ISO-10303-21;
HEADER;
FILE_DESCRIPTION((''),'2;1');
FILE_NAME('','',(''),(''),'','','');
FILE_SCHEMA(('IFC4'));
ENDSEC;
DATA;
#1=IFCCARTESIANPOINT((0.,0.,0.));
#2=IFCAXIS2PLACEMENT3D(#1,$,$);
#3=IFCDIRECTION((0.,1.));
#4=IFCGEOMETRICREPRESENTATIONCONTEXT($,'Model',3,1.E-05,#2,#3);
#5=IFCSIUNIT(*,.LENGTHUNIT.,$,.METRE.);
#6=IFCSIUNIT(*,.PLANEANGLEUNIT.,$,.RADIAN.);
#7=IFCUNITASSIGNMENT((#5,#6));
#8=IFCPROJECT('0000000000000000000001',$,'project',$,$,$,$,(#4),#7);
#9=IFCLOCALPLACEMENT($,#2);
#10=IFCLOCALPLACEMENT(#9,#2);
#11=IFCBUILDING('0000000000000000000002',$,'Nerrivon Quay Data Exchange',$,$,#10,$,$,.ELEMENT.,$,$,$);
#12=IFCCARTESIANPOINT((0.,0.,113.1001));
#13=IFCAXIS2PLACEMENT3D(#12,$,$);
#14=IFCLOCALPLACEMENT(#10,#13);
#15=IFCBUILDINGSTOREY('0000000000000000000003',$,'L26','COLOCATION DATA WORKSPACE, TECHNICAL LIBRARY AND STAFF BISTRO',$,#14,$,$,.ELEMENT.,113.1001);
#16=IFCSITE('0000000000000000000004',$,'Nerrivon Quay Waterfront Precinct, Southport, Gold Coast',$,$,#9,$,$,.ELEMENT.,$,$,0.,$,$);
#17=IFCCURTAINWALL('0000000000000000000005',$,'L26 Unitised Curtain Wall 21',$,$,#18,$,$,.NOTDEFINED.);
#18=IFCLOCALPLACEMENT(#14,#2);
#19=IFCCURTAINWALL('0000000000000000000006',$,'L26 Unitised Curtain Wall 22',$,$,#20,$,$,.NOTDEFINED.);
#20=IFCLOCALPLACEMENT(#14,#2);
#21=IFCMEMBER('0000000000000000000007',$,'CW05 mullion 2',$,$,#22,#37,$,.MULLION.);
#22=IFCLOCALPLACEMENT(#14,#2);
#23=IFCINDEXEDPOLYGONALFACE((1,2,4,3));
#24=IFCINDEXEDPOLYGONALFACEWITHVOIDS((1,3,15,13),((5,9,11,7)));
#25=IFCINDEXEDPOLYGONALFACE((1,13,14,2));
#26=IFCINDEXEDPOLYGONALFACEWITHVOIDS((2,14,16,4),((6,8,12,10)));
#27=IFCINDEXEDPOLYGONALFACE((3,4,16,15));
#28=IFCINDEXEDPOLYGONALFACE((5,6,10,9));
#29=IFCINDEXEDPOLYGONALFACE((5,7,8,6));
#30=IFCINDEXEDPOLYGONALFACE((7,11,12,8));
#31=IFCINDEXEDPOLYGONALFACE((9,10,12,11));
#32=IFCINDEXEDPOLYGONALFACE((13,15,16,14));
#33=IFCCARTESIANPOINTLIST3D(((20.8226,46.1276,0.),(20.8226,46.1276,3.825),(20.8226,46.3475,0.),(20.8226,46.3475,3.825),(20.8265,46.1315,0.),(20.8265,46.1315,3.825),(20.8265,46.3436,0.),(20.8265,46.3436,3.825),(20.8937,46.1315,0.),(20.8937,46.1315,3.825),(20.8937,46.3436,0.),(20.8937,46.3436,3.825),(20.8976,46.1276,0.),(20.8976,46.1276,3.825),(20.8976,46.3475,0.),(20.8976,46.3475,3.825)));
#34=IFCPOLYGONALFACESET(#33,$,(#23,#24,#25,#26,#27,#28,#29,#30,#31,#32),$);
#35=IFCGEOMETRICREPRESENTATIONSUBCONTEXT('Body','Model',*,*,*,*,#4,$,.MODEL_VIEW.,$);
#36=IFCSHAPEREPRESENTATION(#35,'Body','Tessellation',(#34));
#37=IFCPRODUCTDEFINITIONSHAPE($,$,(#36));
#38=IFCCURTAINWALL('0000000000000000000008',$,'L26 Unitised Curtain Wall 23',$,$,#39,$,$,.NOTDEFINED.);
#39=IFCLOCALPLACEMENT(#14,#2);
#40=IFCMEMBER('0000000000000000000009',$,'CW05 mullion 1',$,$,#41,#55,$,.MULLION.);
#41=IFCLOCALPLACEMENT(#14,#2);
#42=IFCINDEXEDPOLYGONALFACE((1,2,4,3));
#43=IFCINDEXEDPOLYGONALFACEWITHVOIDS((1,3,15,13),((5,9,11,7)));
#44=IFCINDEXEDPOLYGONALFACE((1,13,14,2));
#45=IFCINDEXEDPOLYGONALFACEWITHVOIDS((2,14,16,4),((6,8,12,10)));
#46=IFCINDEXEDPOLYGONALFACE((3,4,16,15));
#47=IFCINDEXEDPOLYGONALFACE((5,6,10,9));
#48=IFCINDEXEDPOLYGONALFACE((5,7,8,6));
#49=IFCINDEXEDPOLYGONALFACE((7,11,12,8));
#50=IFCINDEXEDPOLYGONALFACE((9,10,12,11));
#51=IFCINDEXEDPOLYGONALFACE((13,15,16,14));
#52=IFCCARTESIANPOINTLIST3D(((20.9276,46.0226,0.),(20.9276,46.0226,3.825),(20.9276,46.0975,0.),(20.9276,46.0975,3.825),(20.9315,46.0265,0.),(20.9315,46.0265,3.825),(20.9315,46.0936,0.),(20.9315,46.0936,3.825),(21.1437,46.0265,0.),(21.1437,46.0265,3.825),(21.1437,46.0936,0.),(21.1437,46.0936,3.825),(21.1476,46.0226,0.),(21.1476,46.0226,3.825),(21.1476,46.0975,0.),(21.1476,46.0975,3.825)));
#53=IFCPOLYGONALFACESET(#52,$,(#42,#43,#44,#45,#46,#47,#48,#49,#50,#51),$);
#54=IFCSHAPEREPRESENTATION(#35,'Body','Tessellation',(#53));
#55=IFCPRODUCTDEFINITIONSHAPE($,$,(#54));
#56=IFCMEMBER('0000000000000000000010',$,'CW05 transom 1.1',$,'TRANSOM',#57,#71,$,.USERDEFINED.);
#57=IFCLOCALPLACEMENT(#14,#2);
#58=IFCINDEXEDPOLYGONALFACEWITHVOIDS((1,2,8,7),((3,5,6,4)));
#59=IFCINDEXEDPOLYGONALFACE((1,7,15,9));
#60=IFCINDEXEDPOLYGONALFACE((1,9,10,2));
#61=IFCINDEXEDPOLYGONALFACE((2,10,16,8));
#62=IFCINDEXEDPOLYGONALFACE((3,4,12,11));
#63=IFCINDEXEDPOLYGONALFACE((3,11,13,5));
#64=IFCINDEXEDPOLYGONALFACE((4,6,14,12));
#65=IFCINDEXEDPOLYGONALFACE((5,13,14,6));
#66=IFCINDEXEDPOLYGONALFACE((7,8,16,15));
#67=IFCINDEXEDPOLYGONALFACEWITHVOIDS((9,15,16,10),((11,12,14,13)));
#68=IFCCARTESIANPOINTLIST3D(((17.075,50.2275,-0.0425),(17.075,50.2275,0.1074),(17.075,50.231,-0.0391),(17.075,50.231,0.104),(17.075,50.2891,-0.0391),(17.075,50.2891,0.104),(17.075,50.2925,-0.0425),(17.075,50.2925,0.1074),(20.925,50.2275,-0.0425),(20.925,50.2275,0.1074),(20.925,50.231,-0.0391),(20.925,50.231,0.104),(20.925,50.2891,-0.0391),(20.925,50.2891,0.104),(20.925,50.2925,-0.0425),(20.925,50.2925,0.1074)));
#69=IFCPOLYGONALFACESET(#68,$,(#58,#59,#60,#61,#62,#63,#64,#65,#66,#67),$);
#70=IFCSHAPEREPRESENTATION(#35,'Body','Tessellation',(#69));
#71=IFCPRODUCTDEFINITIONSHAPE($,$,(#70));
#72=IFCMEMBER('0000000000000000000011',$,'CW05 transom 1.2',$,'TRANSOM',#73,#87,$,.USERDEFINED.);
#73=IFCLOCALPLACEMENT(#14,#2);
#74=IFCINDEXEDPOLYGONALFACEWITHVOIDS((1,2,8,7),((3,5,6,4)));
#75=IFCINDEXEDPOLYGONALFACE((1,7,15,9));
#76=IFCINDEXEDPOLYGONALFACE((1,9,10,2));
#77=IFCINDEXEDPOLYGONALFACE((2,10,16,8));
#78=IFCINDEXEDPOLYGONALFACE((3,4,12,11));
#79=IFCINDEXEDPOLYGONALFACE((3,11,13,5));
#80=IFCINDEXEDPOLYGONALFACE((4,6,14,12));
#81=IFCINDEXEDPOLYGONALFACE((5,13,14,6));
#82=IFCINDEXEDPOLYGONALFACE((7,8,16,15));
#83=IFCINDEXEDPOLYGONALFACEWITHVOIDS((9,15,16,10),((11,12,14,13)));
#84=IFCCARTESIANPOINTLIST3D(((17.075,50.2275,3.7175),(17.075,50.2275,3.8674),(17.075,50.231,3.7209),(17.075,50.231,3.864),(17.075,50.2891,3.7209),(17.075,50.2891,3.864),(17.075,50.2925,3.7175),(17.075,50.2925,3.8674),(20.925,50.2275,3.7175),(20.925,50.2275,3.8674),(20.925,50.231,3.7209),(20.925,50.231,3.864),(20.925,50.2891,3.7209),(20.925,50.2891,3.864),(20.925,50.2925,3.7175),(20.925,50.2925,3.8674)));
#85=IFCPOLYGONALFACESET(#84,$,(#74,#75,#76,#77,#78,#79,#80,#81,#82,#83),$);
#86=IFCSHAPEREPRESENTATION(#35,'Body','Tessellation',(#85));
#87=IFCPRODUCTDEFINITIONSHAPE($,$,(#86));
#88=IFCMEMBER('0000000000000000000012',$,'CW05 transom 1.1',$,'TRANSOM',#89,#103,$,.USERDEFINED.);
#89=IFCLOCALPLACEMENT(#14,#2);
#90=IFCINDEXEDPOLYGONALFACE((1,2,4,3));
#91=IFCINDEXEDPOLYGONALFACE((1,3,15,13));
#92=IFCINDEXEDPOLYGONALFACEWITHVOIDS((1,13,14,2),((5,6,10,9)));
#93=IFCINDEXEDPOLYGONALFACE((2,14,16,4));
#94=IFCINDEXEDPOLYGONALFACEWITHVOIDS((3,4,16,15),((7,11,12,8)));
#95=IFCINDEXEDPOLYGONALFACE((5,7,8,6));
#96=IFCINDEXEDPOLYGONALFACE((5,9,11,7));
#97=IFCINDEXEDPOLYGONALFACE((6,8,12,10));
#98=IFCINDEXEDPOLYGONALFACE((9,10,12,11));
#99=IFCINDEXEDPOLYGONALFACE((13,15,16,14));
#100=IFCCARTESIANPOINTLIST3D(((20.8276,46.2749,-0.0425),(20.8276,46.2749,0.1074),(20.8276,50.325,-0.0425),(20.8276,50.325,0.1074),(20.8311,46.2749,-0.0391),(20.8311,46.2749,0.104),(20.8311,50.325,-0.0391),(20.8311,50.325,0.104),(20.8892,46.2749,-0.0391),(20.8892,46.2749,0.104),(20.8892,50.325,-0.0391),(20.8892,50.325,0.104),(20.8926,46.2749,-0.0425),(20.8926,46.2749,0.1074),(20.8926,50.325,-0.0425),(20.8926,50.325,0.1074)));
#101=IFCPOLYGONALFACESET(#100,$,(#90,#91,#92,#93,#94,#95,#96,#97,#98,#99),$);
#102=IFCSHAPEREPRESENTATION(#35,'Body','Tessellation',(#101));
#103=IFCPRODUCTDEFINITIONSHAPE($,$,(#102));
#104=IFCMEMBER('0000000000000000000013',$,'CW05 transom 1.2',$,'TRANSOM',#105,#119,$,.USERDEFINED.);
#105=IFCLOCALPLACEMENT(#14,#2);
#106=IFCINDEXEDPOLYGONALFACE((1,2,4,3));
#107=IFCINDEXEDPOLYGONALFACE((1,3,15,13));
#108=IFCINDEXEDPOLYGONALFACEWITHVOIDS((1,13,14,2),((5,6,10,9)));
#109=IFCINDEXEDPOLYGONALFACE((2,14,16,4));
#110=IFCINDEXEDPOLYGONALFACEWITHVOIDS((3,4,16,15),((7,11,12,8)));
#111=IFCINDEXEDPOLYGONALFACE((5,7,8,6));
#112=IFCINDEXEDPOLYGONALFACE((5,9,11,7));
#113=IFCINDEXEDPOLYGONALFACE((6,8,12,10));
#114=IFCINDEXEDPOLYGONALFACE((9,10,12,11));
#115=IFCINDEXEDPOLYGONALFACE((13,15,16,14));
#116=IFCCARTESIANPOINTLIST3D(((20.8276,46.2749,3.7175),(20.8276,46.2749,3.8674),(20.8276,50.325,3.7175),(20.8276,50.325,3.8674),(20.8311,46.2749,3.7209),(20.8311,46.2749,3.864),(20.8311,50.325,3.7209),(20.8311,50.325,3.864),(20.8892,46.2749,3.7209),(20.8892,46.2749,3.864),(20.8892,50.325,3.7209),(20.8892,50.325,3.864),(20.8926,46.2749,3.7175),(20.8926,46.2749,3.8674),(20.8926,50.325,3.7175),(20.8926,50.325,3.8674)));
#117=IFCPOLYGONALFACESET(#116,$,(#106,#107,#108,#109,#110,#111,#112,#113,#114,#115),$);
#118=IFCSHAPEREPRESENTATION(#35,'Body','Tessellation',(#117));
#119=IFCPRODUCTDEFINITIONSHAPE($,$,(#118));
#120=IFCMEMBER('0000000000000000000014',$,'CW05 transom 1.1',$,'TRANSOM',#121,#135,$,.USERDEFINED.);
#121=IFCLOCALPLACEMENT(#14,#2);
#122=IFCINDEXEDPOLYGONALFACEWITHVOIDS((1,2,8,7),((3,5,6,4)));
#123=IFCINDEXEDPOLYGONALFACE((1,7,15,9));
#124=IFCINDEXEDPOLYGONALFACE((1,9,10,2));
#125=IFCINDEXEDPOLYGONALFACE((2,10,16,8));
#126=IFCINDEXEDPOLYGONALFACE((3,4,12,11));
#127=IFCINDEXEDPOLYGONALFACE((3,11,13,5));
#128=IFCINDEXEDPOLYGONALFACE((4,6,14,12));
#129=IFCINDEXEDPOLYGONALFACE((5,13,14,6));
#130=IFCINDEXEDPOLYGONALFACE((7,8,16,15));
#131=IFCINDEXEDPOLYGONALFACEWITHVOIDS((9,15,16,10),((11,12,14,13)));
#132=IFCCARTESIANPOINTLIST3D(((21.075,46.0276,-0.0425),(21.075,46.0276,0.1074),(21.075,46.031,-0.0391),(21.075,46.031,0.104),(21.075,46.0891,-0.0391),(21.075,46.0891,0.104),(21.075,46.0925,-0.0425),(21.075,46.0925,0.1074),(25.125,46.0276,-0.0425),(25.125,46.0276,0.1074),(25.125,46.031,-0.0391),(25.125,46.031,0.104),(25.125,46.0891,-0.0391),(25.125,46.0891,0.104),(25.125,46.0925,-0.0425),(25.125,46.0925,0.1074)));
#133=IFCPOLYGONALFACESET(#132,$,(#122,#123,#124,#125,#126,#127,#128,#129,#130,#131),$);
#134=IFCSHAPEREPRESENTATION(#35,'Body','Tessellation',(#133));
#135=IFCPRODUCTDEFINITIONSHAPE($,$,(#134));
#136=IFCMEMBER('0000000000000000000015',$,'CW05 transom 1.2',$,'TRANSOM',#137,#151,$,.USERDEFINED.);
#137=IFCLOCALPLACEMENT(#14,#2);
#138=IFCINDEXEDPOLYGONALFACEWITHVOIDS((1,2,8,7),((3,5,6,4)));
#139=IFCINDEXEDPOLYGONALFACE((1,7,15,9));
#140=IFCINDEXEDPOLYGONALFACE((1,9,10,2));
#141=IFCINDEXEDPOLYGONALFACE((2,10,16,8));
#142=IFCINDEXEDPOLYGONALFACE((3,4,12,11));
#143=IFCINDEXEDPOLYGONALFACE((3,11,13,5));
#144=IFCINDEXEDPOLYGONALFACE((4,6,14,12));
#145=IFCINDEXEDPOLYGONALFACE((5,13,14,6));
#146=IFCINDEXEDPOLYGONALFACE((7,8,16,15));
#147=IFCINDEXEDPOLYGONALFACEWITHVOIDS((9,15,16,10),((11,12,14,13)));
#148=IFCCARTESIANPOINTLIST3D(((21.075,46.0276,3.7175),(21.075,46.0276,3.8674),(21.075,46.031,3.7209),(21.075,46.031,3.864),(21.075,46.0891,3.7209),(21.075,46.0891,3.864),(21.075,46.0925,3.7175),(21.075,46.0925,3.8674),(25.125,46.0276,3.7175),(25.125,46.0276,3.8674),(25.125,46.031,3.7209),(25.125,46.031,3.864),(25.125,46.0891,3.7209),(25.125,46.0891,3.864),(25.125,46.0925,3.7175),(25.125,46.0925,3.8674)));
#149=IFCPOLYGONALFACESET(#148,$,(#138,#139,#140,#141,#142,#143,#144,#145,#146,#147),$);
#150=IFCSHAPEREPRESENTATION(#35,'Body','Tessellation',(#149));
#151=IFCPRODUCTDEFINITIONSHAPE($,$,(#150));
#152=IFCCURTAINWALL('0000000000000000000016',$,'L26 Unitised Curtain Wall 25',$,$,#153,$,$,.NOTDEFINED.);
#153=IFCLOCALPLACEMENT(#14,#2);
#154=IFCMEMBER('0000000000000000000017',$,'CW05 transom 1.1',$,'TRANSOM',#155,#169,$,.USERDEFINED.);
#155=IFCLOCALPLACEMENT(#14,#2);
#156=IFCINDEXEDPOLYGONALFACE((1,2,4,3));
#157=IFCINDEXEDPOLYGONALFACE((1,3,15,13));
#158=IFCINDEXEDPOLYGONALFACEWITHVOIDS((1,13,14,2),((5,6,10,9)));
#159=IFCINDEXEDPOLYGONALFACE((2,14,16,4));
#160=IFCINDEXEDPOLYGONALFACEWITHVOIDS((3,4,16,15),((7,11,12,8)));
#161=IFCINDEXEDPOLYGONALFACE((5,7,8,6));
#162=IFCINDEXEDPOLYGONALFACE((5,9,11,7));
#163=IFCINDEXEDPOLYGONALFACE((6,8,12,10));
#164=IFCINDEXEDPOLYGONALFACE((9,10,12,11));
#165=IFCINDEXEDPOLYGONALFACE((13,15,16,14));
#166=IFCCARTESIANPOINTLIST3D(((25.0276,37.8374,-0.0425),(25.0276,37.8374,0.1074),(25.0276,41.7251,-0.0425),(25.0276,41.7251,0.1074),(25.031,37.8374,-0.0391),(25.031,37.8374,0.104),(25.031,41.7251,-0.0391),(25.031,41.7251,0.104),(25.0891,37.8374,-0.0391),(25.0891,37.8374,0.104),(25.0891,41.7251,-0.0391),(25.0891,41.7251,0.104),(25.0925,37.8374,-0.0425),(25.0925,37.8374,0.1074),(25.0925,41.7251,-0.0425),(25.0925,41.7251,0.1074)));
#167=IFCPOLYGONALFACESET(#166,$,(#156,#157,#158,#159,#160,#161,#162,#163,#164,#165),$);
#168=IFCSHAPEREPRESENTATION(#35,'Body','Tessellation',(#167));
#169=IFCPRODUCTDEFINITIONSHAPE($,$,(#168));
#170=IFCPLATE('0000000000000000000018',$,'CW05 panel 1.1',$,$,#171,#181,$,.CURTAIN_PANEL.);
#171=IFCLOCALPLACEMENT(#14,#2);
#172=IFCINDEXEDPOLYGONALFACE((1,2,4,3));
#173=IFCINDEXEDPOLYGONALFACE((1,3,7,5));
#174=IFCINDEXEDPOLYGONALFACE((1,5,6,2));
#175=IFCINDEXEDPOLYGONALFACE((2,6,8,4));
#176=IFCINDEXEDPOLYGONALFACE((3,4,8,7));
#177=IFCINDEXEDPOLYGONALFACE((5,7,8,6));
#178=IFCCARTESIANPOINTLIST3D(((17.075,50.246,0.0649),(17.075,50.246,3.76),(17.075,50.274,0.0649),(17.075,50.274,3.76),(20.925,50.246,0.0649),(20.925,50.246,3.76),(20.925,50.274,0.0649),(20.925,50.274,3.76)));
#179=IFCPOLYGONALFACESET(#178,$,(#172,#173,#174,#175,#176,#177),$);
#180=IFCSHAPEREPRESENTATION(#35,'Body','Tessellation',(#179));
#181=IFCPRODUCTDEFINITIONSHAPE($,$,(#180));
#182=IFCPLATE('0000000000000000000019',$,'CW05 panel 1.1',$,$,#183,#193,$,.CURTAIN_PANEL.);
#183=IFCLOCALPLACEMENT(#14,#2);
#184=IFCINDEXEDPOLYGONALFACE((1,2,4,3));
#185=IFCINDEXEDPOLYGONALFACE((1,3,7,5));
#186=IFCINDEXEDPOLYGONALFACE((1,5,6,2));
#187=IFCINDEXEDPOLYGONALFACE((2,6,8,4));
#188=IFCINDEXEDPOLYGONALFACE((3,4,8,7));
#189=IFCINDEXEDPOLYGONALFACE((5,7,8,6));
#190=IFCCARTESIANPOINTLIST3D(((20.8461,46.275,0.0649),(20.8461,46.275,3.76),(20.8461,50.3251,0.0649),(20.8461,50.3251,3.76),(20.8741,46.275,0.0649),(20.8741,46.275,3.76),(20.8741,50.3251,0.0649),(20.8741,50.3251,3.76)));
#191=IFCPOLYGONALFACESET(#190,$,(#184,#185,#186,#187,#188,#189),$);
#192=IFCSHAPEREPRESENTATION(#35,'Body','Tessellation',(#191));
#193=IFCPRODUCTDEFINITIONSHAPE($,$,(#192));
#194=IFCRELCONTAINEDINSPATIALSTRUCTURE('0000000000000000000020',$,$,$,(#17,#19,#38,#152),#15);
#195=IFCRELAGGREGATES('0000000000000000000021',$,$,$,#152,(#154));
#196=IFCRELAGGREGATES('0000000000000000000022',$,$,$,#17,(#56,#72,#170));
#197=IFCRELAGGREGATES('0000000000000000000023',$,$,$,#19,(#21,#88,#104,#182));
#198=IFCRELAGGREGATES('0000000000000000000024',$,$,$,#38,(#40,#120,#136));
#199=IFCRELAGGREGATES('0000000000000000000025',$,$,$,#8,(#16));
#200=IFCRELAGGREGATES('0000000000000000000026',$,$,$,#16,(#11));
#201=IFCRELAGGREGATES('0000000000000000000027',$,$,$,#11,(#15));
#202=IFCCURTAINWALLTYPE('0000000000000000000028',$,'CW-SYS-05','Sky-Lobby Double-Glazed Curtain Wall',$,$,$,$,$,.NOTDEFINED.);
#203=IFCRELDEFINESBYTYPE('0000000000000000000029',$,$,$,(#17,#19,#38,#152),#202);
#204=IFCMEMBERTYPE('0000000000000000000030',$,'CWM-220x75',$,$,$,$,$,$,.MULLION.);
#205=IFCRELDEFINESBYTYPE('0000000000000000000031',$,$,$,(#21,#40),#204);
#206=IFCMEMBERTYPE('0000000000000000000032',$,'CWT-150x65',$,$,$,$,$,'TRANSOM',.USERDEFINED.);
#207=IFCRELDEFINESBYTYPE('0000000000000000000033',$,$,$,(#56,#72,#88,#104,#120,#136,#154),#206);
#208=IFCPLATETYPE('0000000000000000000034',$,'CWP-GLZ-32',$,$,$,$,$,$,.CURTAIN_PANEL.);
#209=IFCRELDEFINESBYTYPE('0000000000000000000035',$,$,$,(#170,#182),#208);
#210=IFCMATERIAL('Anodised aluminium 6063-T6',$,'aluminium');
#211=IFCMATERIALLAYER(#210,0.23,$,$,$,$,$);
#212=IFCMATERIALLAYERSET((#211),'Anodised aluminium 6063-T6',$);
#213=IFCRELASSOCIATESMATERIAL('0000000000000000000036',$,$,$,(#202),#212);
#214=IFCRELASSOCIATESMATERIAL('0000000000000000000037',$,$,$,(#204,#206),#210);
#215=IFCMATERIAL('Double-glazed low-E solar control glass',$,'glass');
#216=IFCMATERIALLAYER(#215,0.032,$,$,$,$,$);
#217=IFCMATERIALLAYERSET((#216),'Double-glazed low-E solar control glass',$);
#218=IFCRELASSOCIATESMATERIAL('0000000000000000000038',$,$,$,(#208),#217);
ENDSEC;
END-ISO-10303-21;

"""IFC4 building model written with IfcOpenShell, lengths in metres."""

from ifc_helpers import new_model, si_unit, direction, frame, origin, origin_2d, place, context, subcontext, project, spatial, rectangle, hollow_rectangle, extrude, material, layer, layer_set, material_profile, profile_set, type_object, element, aggregate, save


model = new_model("IFC4")

# Units and contexts
model_context = context("Model", 3, precision=1e-05, world=origin(), true_north=direction((0.0, 1.0)))
body_context = subcontext(model_context, "Body", "Model", "MODEL_VIEW")
ifc_project = project(units=[si_unit("LENGTHUNIT", "METRE"), si_unit("PLANEANGLEUNIT", "RADIAN")], contexts=[model_context])

# Site, building, storey
site_placement = place(None, origin())
site = spatial("IfcSite", under=ifc_project, at=site_placement, Name="Nerrivon Quay Waterfront Precinct, Southport, Gold Coast", CompositionType="ELEMENT", RefElevation=0.0)
building_placement = place(site_placement, origin())
building = spatial("IfcBuilding", under=site, at=building_placement, Name="Nerrivon Quay Data Exchange", CompositionType="ELEMENT")
storey_placement = place(building_placement, frame((0.0, 0.0, 113.1001)))
storey = spatial("IfcBuildingStorey", under=building, at=storey_placement, Name="L26", Description="COLOCATION DATA WORKSPACE, TECHNICAL LIBRARY AND STAFF BISTRO", CompositionType="ELEMENT", Elevation=113.1001)

# Curtain walls, member
ifc_material_1 = material(Name="Anodised aluminium 6063-T6", Category="aluminium")
ifc_layer_1 = layer(ifc_material_1, 0.23)
ifc_layer_set_1 = layer_set([ifc_layer_1], Name="Anodised aluminium 6063-T6")
curtain_wall_type = type_object("IfcCurtainWallType", Name="CW-SYS-05", Description="Sky-Lobby Double-Glazed Curtain Wall", PredefinedType="NOTDEFINED", material=ifc_layer_set_1)
curtain_wall_1_placement = place(storey_placement, origin())
curtain_wall_1 = element("IfcCurtainWall", 1, at=curtain_wall_1_placement, inside=storey, type_object=curtain_wall_type, Name="L26 Unitised Curtain Wall 21", PredefinedType="NOTDEFINED")
ifc_material_profile_1 = material_profile(ifc_material_1, hollow_rectangle(XDim=0.075, YDim=0.22, WallThickness=0.0039, at=origin_2d()), Name="ALU-MULL-220x75")
ifc_profile_set_1 = profile_set([ifc_material_profile_1], Name="Anodised aluminium 6063-T6")
member_type_1 = type_object("IfcMemberType", Name="CWM-220x75", PredefinedType="MULLION", material=ifc_profile_set_1)
curtain_wall_2_placement = place(storey_placement, origin())
curtain_wall_2 = element("IfcCurtainWall", 2, at=curtain_wall_2_placement, inside=storey, type_object=curtain_wall_type, Name="L26 Unitised Curtain Wall 22", PredefinedType="NOTDEFINED")
member_1_placement = place(storey_placement, frame((20.8601, 46.2375, 0.0), z_axis=(0.0, 0.0, 1.0), x_axis=(1.0, 0.0, 0.0)))
member_1 = element("IfcMember", 3, at=member_1_placement, type_object=member_type_1, Name="CW05 mullion 2", PredefinedType="MULLION", context=body_context, shape_type="SweptSolid", body=[
    extrude(hollow_rectangle(XDim=0.075, YDim=0.22, WallThickness=0.0039, at=origin_2d()), origin(), (0.0, 0.0, 1.0), 3.825),
])

# Curtain wall, member
curtain_wall_3_placement = place(storey_placement, origin())
curtain_wall_3 = element("IfcCurtainWall", 4, at=curtain_wall_3_placement, inside=storey, type_object=curtain_wall_type, Name="L26 Unitised Curtain Wall 23", PredefinedType="NOTDEFINED")
member_2_placement = place(storey_placement, frame((21.0376, 46.0601, 0.0), z_axis=(0.0, 0.0, 1.0), x_axis=(0.0, 1.0, 0.0)))
member_2 = element("IfcMember", 5, at=member_2_placement, type_object=member_type_1, Name="CW05 mullion 1", PredefinedType="MULLION", context=body_context, shape_type="SweptSolid", body=[
    extrude(hollow_rectangle(XDim=0.075, YDim=0.22, WallThickness=0.0039, at=origin_2d()), origin(), (0.0, 0.0, 1.0), 3.825),
])

# Members
ifc_material_profile_2 = material_profile(ifc_material_1, hollow_rectangle(XDim=0.0649, YDim=0.1499, WallThickness=0.0034, at=origin_2d()), Name="ALU-TRAN-150x65")
ifc_profile_set_2 = profile_set([ifc_material_profile_2], Name="Anodised aluminium 6063-T6")
member_type_2 = type_object("IfcMemberType", Name="CWT-150x65", ElementType="TRANSOM", PredefinedType="USERDEFINED", material=ifc_profile_set_2)
member_3_placement = place(storey_placement, frame((17.075, 50.26, 0.0325), z_axis=(1.0, 0.0, 0.0), x_axis=(0.0, 1.0, 0.0)))
member_3 = element("IfcMember", 6, at=member_3_placement, type_object=member_type_2, Name="CW05 transom 1.1", ObjectType="TRANSOM", PredefinedType="USERDEFINED", context=body_context, shape_type="SweptSolid", body=[
    extrude(hollow_rectangle(XDim=0.0649, YDim=0.1499, WallThickness=0.0034, at=origin_2d()), origin(), (0.0, 0.0, 1.0), 3.8501),
])
member_4_placement = place(storey_placement, frame((17.075, 50.26, 3.7925), z_axis=(1.0, 0.0, 0.0), x_axis=(0.0, 1.0, 0.0)))
member_4 = element("IfcMember", 7, at=member_4_placement, type_object=member_type_2, Name="CW05 transom 1.2", ObjectType="TRANSOM", PredefinedType="USERDEFINED", context=body_context, shape_type="SweptSolid", body=[
    extrude(hollow_rectangle(XDim=0.0649, YDim=0.1499, WallThickness=0.0034, at=origin_2d()), origin(), (0.0, 0.0, 1.0), 3.8501),
])
member_5_placement = place(storey_placement, frame((20.8601, 50.325, 0.0325), z_axis=(0.0, -1.0, 0.0), x_axis=(1.0, 0.0, 0.0)))
member_5 = element("IfcMember", 8, at=member_5_placement, type_object=member_type_2, Name="CW05 transom 1.1", ObjectType="TRANSOM", PredefinedType="USERDEFINED", context=body_context, shape_type="SweptSolid", body=[
    extrude(hollow_rectangle(XDim=0.0649, YDim=0.1499, WallThickness=0.0034, at=origin_2d()), origin(), (0.0, 0.0, 1.0), 4.05),
])
member_6_placement = place(storey_placement, frame((20.8601, 50.325, 3.7925), z_axis=(0.0, -1.0, 0.0), x_axis=(1.0, 0.0, 0.0)))
member_6 = element("IfcMember", 9, at=member_6_placement, type_object=member_type_2, Name="CW05 transom 1.2", ObjectType="TRANSOM", PredefinedType="USERDEFINED", context=body_context, shape_type="SweptSolid", body=[
    extrude(hollow_rectangle(XDim=0.0649, YDim=0.1499, WallThickness=0.0034, at=origin_2d()), origin(), (0.0, 0.0, 1.0), 4.05),
])
member_7_placement = place(storey_placement, frame((21.075, 46.0601, 0.0325), z_axis=(1.0, 0.0, 0.0), x_axis=(0.0, 1.0, 0.0)))
member_7 = element("IfcMember", 10, at=member_7_placement, type_object=member_type_2, Name="CW05 transom 1.1", ObjectType="TRANSOM", PredefinedType="USERDEFINED", context=body_context, shape_type="SweptSolid", body=[
    extrude(hollow_rectangle(XDim=0.0649, YDim=0.1499, WallThickness=0.0034, at=origin_2d()), origin(), (0.0, 0.0, 1.0), 4.05),
])
member_8_placement = place(storey_placement, frame((21.075, 46.0601, 3.7925), z_axis=(1.0, 0.0, 0.0), x_axis=(0.0, 1.0, 0.0)))
member_8 = element("IfcMember", 11, at=member_8_placement, type_object=member_type_2, Name="CW05 transom 1.2", ObjectType="TRANSOM", PredefinedType="USERDEFINED", context=body_context, shape_type="SweptSolid", body=[
    extrude(hollow_rectangle(XDim=0.0649, YDim=0.1499, WallThickness=0.0034, at=origin_2d()), origin(), (0.0, 0.0, 1.0), 4.05),
])

# Curtain wall, member
curtain_wall_4_placement = place(storey_placement, origin())
curtain_wall_4 = element("IfcCurtainWall", 12, at=curtain_wall_4_placement, inside=storey, type_object=curtain_wall_type, Name="L26 Unitised Curtain Wall 25", PredefinedType="NOTDEFINED")
member_9_placement = place(storey_placement, frame((25.0601, 41.7251, 0.0325), z_axis=(0.0, -1.0, 0.0), x_axis=(1.0, 0.0, 0.0)))
member_9 = element("IfcMember", 13, at=member_9_placement, type_object=member_type_2, Name="CW05 transom 1.1", ObjectType="TRANSOM", PredefinedType="USERDEFINED", context=body_context, shape_type="SweptSolid", body=[
    extrude(hollow_rectangle(XDim=0.0649, YDim=0.1499, WallThickness=0.0034, at=origin_2d()), origin(), (0.0, 0.0, 1.0), 3.8877),
])
aggregate(curtain_wall_4, [member_9])

# Plates
ifc_material_2 = material(Name="Double-glazed low-E solar control glass", Category="glass")
ifc_layer_2 = layer(ifc_material_2, 0.032)
ifc_layer_set_2 = layer_set([ifc_layer_2], Name="Double-glazed low-E solar control glass")
plate_type = type_object("IfcPlateType", Name="CWP-GLZ-32", PredefinedType="CURTAIN_PANEL", material=ifc_layer_set_2)
plate_1_placement = place(storey_placement, frame((19.0, 50.26, 0.0649), z_axis=(0.0, 0.0, 1.0), x_axis=(1.0, 0.0, 0.0)))
plate_1 = element("IfcPlate", 14, at=plate_1_placement, type_object=plate_type, Name="CW05 panel 1.1", PredefinedType="CURTAIN_PANEL", context=body_context, shape_type="SweptSolid", body=[
    extrude(rectangle(XDim=3.8501, YDim=0.0281, at=origin_2d()), origin(), (0.0, 0.0, 1.0), 3.6951),
])
aggregate(curtain_wall_1, [member_3, member_4, plate_1])
plate_2_placement = place(storey_placement, frame((20.8601, 48.3, 0.0649), z_axis=(0.0, 0.0, 1.0), x_axis=(0.0, -1.0, 0.0)))
plate_2 = element("IfcPlate", 15, at=plate_2_placement, type_object=plate_type, Name="CW05 panel 1.1", PredefinedType="CURTAIN_PANEL", context=body_context, shape_type="SweptSolid", body=[
    extrude(rectangle(XDim=4.05, YDim=0.0281, at=origin_2d()), origin(), (0.0, 0.0, 1.0), 3.6951),
])
aggregate(curtain_wall_2, [member_1, member_5, member_6, plate_2])
aggregate(curtain_wall_3, [member_2, member_7, member_8])

save(model, "model.ifc")
